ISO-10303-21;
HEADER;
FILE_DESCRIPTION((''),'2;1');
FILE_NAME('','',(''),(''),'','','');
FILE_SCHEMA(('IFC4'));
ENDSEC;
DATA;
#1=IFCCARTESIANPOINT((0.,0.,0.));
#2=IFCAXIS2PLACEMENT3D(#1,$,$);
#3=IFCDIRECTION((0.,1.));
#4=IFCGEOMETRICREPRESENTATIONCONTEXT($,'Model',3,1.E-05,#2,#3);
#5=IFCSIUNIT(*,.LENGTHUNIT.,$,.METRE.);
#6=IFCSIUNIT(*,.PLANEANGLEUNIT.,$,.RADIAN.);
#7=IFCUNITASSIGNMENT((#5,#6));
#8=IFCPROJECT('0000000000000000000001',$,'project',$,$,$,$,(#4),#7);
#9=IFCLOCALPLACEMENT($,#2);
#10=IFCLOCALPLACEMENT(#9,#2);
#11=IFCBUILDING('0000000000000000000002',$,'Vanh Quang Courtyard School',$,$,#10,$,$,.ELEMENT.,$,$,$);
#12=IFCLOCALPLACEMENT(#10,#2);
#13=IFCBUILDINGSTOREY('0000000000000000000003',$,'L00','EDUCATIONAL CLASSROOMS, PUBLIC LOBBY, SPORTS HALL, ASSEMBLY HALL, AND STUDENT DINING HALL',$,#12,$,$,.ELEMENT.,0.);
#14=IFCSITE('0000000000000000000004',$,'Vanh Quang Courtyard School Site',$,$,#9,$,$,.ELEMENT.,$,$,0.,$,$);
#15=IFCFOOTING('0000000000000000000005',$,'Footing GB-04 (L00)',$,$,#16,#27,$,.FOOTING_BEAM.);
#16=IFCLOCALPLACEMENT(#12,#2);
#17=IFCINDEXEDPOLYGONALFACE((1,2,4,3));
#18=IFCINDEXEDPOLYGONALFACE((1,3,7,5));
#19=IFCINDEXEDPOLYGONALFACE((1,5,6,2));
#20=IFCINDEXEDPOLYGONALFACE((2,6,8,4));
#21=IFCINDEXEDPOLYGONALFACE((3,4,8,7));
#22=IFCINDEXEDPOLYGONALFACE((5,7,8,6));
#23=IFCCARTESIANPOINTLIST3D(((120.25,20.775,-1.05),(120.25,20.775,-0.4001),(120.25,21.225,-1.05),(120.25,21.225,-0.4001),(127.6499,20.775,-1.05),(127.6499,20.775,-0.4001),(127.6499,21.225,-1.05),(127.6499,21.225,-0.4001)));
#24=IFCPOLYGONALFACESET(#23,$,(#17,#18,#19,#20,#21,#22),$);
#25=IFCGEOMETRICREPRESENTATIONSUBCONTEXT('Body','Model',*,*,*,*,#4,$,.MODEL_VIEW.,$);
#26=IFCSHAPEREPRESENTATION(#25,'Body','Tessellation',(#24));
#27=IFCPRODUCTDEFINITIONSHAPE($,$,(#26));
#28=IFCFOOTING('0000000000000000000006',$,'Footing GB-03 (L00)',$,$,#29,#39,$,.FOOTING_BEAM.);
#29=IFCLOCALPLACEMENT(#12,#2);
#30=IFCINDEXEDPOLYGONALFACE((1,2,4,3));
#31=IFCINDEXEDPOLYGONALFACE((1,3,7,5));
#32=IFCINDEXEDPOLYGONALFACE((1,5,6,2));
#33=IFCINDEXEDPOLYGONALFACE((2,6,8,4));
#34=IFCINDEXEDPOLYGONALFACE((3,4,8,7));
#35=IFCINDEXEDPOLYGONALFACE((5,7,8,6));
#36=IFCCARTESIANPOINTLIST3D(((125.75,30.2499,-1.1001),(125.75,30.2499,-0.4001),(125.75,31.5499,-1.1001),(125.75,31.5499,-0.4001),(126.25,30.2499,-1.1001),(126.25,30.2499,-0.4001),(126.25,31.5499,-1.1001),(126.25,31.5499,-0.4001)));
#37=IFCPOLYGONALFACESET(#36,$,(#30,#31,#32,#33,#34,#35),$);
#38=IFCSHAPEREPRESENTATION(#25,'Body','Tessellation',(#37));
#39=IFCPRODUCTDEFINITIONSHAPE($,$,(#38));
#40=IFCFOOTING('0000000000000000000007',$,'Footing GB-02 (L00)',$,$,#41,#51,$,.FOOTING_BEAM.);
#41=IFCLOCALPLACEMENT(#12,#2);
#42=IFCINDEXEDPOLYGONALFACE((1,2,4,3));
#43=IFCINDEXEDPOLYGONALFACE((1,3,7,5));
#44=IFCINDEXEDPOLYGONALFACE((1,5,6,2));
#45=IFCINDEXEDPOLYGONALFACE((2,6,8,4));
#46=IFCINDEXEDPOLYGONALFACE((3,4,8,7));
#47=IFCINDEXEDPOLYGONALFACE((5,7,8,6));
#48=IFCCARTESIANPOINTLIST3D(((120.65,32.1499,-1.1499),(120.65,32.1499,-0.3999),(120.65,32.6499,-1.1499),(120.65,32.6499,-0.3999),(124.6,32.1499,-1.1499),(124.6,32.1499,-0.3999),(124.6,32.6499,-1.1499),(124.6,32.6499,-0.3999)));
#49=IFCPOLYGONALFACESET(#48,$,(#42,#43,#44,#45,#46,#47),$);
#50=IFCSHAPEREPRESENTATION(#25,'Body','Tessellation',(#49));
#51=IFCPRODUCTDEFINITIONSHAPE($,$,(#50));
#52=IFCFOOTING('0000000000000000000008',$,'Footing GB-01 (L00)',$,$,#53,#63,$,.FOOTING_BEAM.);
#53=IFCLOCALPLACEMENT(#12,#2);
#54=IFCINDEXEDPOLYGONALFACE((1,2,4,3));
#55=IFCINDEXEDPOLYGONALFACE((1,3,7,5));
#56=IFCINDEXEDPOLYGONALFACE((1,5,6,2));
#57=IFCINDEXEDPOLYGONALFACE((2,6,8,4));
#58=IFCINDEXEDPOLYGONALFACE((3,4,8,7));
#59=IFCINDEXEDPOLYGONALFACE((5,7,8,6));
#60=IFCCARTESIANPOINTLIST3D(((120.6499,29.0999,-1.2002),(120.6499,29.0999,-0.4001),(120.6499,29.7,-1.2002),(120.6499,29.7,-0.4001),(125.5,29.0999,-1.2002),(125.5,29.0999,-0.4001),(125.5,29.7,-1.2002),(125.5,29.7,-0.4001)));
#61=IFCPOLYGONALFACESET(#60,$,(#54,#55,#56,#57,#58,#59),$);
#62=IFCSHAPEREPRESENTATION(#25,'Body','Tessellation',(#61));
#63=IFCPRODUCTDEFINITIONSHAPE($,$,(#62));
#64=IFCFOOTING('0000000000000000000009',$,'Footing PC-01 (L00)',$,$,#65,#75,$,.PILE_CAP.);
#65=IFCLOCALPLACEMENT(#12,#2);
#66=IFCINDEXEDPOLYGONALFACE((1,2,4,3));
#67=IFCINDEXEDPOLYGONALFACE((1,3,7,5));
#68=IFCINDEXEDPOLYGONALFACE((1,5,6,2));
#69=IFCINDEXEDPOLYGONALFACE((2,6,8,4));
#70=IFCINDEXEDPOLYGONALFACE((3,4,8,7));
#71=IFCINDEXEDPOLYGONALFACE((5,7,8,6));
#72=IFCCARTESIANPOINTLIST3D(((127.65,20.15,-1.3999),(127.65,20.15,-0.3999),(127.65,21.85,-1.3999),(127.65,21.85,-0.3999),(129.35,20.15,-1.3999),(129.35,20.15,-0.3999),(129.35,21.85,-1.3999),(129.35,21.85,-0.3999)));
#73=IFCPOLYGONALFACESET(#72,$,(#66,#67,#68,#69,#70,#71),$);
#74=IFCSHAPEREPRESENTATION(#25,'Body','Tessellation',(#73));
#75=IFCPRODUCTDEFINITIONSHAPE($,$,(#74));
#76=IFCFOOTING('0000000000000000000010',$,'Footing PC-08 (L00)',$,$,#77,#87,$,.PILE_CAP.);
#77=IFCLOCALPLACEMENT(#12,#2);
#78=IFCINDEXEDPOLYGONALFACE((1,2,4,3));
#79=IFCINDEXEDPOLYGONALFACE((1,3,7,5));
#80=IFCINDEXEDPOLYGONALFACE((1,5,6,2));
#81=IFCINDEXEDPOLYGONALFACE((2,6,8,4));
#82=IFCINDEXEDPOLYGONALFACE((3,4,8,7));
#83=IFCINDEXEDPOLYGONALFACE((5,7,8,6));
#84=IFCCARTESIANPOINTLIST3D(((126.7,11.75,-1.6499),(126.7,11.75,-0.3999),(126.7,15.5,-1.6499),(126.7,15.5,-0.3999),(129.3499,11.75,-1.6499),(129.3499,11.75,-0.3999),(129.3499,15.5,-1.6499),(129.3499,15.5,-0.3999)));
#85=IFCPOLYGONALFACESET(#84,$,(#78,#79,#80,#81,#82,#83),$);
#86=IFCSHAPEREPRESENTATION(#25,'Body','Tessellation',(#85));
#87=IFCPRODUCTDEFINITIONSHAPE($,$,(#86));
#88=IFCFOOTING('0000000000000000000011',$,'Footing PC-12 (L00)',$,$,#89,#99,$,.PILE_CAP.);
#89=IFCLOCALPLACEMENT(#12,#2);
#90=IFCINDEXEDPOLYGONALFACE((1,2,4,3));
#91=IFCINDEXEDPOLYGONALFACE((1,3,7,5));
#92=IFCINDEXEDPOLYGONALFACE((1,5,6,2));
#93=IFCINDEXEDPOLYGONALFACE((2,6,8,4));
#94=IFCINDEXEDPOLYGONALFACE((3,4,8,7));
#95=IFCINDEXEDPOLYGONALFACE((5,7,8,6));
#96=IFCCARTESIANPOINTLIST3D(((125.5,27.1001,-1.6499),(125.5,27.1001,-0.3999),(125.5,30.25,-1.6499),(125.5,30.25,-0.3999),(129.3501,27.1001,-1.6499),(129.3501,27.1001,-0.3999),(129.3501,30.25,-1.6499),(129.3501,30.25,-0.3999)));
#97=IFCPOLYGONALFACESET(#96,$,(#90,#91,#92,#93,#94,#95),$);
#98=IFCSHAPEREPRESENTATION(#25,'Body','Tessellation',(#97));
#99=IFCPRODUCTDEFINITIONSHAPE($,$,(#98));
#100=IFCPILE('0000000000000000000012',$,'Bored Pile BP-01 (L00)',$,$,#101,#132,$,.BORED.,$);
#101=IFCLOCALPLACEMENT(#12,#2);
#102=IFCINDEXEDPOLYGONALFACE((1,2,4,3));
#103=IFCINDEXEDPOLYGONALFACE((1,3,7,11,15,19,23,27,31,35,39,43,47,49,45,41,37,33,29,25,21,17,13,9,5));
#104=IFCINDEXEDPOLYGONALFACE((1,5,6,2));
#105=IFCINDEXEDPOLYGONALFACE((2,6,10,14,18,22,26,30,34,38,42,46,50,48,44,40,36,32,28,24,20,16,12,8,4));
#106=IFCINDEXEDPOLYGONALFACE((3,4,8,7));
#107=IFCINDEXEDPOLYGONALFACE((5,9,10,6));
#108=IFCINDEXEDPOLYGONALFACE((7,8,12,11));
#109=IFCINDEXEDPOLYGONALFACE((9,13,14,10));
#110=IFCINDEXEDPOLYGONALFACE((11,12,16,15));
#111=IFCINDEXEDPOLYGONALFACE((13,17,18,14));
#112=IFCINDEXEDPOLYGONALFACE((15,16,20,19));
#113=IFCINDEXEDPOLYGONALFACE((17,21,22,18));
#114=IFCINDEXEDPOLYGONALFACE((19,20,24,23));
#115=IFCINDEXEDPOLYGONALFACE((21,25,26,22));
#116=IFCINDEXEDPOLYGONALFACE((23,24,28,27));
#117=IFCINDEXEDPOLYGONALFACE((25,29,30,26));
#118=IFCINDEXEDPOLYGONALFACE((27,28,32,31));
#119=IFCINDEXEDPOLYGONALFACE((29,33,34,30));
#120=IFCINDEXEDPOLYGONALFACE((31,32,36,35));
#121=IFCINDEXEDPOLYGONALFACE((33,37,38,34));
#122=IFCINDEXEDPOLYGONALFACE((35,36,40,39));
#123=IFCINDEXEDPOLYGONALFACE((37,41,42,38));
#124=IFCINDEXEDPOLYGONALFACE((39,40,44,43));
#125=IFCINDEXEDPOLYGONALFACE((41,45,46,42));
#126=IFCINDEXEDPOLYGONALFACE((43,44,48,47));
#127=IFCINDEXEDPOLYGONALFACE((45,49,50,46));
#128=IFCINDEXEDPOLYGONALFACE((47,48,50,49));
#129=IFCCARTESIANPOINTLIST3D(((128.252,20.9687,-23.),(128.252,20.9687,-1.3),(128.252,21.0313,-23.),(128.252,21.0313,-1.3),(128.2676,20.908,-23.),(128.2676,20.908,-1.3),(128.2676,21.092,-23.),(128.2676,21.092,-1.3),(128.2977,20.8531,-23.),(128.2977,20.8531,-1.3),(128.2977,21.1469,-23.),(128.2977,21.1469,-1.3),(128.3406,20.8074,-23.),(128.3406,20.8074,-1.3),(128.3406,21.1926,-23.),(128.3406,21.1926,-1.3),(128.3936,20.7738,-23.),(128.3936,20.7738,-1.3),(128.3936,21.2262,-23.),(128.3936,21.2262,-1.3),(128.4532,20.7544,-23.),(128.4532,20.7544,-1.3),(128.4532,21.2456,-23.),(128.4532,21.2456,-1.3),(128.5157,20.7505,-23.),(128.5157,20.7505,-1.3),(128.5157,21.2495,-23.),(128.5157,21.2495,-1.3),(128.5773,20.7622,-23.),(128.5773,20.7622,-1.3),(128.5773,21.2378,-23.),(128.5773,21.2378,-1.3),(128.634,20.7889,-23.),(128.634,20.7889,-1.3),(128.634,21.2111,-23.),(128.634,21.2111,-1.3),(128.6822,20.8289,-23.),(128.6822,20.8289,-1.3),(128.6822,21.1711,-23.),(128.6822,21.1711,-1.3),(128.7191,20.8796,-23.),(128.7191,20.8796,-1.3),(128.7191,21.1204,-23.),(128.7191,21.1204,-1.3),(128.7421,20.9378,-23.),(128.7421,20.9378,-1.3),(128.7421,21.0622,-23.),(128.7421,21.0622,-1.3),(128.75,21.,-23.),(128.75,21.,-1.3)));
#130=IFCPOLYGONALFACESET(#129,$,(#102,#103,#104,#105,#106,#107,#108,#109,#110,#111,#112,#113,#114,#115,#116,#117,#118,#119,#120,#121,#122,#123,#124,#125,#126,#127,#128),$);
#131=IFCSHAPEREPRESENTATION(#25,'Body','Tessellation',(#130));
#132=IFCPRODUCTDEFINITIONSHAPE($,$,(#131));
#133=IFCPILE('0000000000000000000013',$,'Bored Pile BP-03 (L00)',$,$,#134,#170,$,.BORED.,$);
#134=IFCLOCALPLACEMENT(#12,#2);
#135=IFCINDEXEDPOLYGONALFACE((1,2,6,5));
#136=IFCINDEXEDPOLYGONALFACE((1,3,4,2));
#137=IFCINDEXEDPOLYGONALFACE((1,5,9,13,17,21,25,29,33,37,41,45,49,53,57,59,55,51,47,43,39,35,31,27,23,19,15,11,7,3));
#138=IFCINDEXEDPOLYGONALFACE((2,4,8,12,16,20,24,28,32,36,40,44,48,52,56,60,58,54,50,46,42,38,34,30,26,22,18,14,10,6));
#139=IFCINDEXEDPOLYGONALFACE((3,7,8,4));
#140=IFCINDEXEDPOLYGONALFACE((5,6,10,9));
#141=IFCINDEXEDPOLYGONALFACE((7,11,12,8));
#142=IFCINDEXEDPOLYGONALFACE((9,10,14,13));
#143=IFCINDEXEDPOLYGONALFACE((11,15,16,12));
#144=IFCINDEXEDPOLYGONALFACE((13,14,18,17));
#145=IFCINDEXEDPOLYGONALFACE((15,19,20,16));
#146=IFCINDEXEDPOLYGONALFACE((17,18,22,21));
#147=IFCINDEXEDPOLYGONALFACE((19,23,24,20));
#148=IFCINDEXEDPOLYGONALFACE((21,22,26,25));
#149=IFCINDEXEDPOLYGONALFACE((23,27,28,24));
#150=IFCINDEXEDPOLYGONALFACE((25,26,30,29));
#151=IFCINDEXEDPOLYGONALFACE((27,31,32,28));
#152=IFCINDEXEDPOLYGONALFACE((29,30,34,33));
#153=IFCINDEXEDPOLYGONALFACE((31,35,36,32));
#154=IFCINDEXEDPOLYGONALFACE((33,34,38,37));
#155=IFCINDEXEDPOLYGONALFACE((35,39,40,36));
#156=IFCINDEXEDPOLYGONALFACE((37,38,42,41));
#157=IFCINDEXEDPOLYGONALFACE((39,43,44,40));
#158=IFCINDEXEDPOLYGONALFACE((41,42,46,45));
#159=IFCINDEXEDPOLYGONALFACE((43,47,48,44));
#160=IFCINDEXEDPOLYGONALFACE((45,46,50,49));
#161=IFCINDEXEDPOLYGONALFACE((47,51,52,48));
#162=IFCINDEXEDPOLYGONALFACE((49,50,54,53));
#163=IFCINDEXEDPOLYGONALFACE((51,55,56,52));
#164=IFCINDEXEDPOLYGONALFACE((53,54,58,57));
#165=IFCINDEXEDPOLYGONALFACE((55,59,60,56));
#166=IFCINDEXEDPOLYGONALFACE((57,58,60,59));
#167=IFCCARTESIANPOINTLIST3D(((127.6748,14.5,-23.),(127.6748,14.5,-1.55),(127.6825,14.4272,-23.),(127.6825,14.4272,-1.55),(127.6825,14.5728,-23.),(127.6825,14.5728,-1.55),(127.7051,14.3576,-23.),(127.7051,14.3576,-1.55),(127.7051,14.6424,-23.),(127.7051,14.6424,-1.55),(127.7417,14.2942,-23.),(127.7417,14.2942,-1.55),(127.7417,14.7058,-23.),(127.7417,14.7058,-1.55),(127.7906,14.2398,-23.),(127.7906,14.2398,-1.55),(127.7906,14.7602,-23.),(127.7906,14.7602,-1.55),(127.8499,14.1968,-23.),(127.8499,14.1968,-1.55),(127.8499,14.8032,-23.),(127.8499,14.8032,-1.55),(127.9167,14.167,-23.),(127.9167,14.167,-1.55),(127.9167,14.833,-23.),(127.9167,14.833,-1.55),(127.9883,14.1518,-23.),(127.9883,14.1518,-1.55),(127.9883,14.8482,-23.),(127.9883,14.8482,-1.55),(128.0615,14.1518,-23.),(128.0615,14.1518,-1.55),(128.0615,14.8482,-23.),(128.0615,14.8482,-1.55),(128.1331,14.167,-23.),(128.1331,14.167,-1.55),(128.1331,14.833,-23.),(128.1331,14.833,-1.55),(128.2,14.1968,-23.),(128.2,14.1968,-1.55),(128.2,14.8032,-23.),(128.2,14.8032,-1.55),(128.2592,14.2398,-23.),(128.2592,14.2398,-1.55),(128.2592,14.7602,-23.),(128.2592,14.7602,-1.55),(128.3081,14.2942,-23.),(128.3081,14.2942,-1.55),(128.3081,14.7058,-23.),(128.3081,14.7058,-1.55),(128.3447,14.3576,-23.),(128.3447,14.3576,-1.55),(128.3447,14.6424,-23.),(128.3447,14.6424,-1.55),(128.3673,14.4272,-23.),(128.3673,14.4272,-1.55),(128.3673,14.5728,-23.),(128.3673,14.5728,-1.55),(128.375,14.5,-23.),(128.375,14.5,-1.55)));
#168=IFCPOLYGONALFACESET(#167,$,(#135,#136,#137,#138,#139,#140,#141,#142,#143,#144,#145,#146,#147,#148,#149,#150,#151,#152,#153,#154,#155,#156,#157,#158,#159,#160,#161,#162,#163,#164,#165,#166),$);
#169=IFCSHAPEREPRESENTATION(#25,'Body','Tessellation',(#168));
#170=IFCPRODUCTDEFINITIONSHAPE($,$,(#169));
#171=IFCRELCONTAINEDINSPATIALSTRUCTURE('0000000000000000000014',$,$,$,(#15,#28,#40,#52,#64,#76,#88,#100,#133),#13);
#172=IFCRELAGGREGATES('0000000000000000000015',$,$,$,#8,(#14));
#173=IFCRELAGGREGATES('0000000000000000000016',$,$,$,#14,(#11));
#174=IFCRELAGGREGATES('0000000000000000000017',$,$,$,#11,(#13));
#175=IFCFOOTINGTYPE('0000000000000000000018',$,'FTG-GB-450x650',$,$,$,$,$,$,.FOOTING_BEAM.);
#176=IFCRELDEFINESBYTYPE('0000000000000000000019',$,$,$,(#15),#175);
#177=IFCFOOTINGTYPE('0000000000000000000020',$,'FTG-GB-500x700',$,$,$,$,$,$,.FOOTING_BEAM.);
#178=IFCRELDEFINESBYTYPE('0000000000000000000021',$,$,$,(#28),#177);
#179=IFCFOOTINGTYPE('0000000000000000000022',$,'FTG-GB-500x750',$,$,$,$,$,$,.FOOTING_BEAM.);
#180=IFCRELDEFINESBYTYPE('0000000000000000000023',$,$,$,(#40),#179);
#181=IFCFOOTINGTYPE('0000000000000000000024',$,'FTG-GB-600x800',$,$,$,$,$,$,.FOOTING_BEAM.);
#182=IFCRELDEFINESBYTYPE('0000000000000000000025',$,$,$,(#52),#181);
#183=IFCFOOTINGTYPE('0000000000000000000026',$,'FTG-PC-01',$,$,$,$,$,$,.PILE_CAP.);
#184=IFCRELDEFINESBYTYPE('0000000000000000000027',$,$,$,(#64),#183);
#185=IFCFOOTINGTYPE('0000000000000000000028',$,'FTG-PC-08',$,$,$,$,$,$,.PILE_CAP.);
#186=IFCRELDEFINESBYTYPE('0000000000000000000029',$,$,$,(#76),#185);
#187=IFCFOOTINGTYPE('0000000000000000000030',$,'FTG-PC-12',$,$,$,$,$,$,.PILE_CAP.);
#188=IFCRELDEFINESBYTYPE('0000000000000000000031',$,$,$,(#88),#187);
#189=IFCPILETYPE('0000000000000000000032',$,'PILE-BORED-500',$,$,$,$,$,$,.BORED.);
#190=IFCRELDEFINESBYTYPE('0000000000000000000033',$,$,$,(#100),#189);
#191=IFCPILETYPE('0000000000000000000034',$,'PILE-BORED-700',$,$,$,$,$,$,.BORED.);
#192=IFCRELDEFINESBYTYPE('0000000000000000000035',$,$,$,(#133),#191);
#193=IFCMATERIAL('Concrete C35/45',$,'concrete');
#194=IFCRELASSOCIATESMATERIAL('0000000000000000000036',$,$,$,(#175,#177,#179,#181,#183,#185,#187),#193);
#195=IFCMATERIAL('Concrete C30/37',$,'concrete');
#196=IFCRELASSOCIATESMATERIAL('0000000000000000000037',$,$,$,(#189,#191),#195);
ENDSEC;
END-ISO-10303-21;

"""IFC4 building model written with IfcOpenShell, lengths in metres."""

from ifc_helpers import new_model, si_unit, direction, frame, origin, origin_2d, place, context, subcontext, project, spatial, rectangle, circle, extrude, material, material_profile, profile_set, type_object, element, save


model = new_model("IFC4")

# Units and contexts
model_context = context("Model", 3, precision=1e-05, world=origin(), true_north=direction((0.0, 1.0)))
body_context = subcontext(model_context, "Body", "Model", "MODEL_VIEW")
ifc_project = project(units=[si_unit("LENGTHUNIT", "METRE"), si_unit("PLANEANGLEUNIT", "RADIAN")], contexts=[model_context])

# Site, building, storey
site_placement = place(None, origin())
site = spatial("IfcSite", under=ifc_project, at=site_placement, Name="Vanh Quang Courtyard School Site", CompositionType="ELEMENT", RefElevation=0.0)
building_placement = place(site_placement, origin())
building = spatial("IfcBuilding", under=site, at=building_placement, Name="Vanh Quang Courtyard School", CompositionType="ELEMENT")
storey_placement = place(building_placement, origin())
storey = spatial("IfcBuildingStorey", under=building, at=storey_placement, Name="L00", Description="EDUCATIONAL CLASSROOMS, PUBLIC LOBBY, SPORTS HALL, ASSEMBLY HALL, AND STUDENT DINING HALL", CompositionType="ELEMENT", Elevation=0.0)

# Footings
ifc_material_1 = material(Name="Concrete C35/45", Category="concrete")
footing_type_1 = type_object("IfcFootingType", Name="FTG-GB-450x650", PredefinedType="FOOTING_BEAM", material=ifc_material_1)
footing_1_placement = place(storey_placement, frame((123.95, 21.0, -1.05), z_axis=(0.0, 0.0, 1.0), x_axis=(1.0, 0.0, 0.0)))
element("IfcFooting", 1, at=footing_1_placement, inside=storey, type_object=footing_type_1, Name="Footing GB-04 (L00)", PredefinedType="FOOTING_BEAM", context=body_context, shape_type="SweptSolid", body=[
    extrude(rectangle(XDim=7.3999, YDim=0.45, at=origin_2d()), origin(), (0.0, 0.0, 1.0), 0.6499),
])
footing_type_2 = type_object("IfcFootingType", Name="FTG-GB-500x700", PredefinedType="FOOTING_BEAM", material=ifc_material_1)
footing_2_placement = place(storey_placement, frame((126.0, 30.8999, -1.1001), z_axis=(0.0, 0.0, 1.0), x_axis=(0.0, 1.0, 0.0)))
element("IfcFooting", 2, at=footing_2_placement, inside=storey, type_object=footing_type_2, Name="Footing GB-03 (L00)", PredefinedType="FOOTING_BEAM", context=body_context, shape_type="SweptSolid", body=[
    extrude(rectangle(XDim=1.3, YDim=0.5, at=origin_2d()), origin(), (0.0, 0.0, 1.0), 0.7),
])
footing_type_3 = type_object("IfcFootingType", Name="FTG-GB-500x750", PredefinedType="FOOTING_BEAM", material=ifc_material_1)
footing_3_placement = place(storey_placement, frame((122.625, 32.3999, -1.1499), z_axis=(0.0, 0.0, 1.0), x_axis=(1.0, 0.0, 0.0)))
element("IfcFooting", 3, at=footing_3_placement, inside=storey, type_object=footing_type_3, Name="Footing GB-02 (L00)", PredefinedType="FOOTING_BEAM", context=body_context, shape_type="SweptSolid", body=[
    extrude(rectangle(XDim=3.95, YDim=0.5, at=origin_2d()), origin(), (0.0, 0.0, 1.0), 0.75),
])
footing_type_4 = type_object("IfcFootingType", Name="FTG-GB-600x800", PredefinedType="FOOTING_BEAM", material=ifc_material_1)
footing_4_placement = place(storey_placement, frame((123.075, 29.3999, -1.2002), z_axis=(0.0, 0.0, 1.0), x_axis=(1.0, 0.0, 0.0)))
element("IfcFooting", 4, at=footing_4_placement, inside=storey, type_object=footing_type_4, Name="Footing GB-01 (L00)", PredefinedType="FOOTING_BEAM", context=body_context, shape_type="SweptSolid", body=[
    extrude(rectangle(XDim=4.8501, YDim=0.6001, at=origin_2d()), origin(), (0.0, 0.0, 1.0), 0.8),
])
footing_type_5 = type_object("IfcFootingType", Name="FTG-PC-01", PredefinedType="PILE_CAP", material=ifc_material_1)
footing_5_placement = place(storey_placement, frame((128.5, 21.0, -1.3999), z_axis=(0.0, 0.0, 1.0), x_axis=(1.0, 0.0, 0.0)))
element("IfcFooting", 5, at=footing_5_placement, inside=storey, type_object=footing_type_5, Name="Footing PC-01 (L00)", PredefinedType="PILE_CAP", context=body_context, shape_type="SweptSolid", body=[
    extrude(rectangle(XDim=1.7, YDim=1.7, at=origin_2d()), origin(), (0.0, 0.0, 1.0), 1.0),
])
footing_type_6 = type_object("IfcFootingType", Name="FTG-PC-08", PredefinedType="PILE_CAP", material=ifc_material_1)
footing_6_placement = place(storey_placement, frame((128.0249, 13.625, -1.6499), z_axis=(0.0, 0.0, 1.0), x_axis=(1.0, 0.0, 0.0)))
element("IfcFooting", 6, at=footing_6_placement, inside=storey, type_object=footing_type_6, Name="Footing PC-08 (L00)", PredefinedType="PILE_CAP", context=body_context, shape_type="SweptSolid", body=[
    extrude(rectangle(XDim=2.6499, YDim=3.75, at=origin_2d()), origin(), (0.0, 0.0, 1.0), 1.25),
])
footing_type_7 = type_object("IfcFootingType", Name="FTG-PC-12", PredefinedType="PILE_CAP", material=ifc_material_1)
footing_7_placement = place(storey_placement, frame((127.425, 28.675, -1.6499), z_axis=(0.0, 0.0, 1.0), x_axis=(1.0, 0.0, 0.0)))
element("IfcFooting", 7, at=footing_7_placement, inside=storey, type_object=footing_type_7, Name="Footing PC-12 (L00)", PredefinedType="PILE_CAP", context=body_context, shape_type="SweptSolid", body=[
    extrude(rectangle(XDim=3.8501, YDim=3.1499, at=origin_2d()), origin(), (0.0, 0.0, 1.0), 1.25),
])

# Piles
ifc_material_2 = material(Name="Concrete C30/37", Category="concrete")
ifc_material_profile_1 = material_profile(ifc_material_2, circle(Radius=0.25, at=origin_2d()), Name="PILE D500")
ifc_profile_set_1 = profile_set([ifc_material_profile_1], Name="Concrete C30/37")
pile_type_1 = type_object("IfcPileType", Name="PILE-BORED-500", PredefinedType="BORED", material=ifc_profile_set_1)
pile_placement = place(storey_placement, frame((128.5, 21.0, -1.3), z_axis=(0.0, 0.0, -1.0), x_axis=(1.0, 0.0, 0.0)))
element("IfcPile", 8, at=pile_placement, inside=storey, type_object=pile_type_1, Name="Bored Pile BP-01 (L00)", PredefinedType="BORED", context=body_context, shape_type="SweptSolid", body=[
    extrude(circle(Radius=0.25, at=origin_2d()), origin(), (0.0, 0.0, 1.0), 21.7),
])
ifc_material_profile_2 = material_profile(ifc_material_2, circle(Radius=0.3501, at=origin_2d()), Name="PILE D700")
ifc_profile_set_2 = profile_set([ifc_material_profile_2], Name="Concrete C30/37")
pile_type_2 = type_object("IfcPileType", Name="PILE-BORED-700", PredefinedType="BORED", material=ifc_profile_set_2)
for number, where, z_axis, x_axis, name in (
    (9, (128.0249, 14.5, -1.55), (0.0, 0.0, -1.0), (1.0, 0.0, 0.0), "Bored Pile BP-03 (L00)"),
):
    element("IfcPile", number, at=place(storey_placement, frame(where, z_axis=z_axis, x_axis=x_axis)), inside=storey, type_object=pile_type_2, Name=name, PredefinedType="BORED", context=body_context, shape_type="SweptSolid", body=[
        extrude(circle(Radius=0.3501, at=origin_2d()), origin(), (0.0, 0.0, 1.0), 21.45),
    ])

save(model, "model.ifc")
